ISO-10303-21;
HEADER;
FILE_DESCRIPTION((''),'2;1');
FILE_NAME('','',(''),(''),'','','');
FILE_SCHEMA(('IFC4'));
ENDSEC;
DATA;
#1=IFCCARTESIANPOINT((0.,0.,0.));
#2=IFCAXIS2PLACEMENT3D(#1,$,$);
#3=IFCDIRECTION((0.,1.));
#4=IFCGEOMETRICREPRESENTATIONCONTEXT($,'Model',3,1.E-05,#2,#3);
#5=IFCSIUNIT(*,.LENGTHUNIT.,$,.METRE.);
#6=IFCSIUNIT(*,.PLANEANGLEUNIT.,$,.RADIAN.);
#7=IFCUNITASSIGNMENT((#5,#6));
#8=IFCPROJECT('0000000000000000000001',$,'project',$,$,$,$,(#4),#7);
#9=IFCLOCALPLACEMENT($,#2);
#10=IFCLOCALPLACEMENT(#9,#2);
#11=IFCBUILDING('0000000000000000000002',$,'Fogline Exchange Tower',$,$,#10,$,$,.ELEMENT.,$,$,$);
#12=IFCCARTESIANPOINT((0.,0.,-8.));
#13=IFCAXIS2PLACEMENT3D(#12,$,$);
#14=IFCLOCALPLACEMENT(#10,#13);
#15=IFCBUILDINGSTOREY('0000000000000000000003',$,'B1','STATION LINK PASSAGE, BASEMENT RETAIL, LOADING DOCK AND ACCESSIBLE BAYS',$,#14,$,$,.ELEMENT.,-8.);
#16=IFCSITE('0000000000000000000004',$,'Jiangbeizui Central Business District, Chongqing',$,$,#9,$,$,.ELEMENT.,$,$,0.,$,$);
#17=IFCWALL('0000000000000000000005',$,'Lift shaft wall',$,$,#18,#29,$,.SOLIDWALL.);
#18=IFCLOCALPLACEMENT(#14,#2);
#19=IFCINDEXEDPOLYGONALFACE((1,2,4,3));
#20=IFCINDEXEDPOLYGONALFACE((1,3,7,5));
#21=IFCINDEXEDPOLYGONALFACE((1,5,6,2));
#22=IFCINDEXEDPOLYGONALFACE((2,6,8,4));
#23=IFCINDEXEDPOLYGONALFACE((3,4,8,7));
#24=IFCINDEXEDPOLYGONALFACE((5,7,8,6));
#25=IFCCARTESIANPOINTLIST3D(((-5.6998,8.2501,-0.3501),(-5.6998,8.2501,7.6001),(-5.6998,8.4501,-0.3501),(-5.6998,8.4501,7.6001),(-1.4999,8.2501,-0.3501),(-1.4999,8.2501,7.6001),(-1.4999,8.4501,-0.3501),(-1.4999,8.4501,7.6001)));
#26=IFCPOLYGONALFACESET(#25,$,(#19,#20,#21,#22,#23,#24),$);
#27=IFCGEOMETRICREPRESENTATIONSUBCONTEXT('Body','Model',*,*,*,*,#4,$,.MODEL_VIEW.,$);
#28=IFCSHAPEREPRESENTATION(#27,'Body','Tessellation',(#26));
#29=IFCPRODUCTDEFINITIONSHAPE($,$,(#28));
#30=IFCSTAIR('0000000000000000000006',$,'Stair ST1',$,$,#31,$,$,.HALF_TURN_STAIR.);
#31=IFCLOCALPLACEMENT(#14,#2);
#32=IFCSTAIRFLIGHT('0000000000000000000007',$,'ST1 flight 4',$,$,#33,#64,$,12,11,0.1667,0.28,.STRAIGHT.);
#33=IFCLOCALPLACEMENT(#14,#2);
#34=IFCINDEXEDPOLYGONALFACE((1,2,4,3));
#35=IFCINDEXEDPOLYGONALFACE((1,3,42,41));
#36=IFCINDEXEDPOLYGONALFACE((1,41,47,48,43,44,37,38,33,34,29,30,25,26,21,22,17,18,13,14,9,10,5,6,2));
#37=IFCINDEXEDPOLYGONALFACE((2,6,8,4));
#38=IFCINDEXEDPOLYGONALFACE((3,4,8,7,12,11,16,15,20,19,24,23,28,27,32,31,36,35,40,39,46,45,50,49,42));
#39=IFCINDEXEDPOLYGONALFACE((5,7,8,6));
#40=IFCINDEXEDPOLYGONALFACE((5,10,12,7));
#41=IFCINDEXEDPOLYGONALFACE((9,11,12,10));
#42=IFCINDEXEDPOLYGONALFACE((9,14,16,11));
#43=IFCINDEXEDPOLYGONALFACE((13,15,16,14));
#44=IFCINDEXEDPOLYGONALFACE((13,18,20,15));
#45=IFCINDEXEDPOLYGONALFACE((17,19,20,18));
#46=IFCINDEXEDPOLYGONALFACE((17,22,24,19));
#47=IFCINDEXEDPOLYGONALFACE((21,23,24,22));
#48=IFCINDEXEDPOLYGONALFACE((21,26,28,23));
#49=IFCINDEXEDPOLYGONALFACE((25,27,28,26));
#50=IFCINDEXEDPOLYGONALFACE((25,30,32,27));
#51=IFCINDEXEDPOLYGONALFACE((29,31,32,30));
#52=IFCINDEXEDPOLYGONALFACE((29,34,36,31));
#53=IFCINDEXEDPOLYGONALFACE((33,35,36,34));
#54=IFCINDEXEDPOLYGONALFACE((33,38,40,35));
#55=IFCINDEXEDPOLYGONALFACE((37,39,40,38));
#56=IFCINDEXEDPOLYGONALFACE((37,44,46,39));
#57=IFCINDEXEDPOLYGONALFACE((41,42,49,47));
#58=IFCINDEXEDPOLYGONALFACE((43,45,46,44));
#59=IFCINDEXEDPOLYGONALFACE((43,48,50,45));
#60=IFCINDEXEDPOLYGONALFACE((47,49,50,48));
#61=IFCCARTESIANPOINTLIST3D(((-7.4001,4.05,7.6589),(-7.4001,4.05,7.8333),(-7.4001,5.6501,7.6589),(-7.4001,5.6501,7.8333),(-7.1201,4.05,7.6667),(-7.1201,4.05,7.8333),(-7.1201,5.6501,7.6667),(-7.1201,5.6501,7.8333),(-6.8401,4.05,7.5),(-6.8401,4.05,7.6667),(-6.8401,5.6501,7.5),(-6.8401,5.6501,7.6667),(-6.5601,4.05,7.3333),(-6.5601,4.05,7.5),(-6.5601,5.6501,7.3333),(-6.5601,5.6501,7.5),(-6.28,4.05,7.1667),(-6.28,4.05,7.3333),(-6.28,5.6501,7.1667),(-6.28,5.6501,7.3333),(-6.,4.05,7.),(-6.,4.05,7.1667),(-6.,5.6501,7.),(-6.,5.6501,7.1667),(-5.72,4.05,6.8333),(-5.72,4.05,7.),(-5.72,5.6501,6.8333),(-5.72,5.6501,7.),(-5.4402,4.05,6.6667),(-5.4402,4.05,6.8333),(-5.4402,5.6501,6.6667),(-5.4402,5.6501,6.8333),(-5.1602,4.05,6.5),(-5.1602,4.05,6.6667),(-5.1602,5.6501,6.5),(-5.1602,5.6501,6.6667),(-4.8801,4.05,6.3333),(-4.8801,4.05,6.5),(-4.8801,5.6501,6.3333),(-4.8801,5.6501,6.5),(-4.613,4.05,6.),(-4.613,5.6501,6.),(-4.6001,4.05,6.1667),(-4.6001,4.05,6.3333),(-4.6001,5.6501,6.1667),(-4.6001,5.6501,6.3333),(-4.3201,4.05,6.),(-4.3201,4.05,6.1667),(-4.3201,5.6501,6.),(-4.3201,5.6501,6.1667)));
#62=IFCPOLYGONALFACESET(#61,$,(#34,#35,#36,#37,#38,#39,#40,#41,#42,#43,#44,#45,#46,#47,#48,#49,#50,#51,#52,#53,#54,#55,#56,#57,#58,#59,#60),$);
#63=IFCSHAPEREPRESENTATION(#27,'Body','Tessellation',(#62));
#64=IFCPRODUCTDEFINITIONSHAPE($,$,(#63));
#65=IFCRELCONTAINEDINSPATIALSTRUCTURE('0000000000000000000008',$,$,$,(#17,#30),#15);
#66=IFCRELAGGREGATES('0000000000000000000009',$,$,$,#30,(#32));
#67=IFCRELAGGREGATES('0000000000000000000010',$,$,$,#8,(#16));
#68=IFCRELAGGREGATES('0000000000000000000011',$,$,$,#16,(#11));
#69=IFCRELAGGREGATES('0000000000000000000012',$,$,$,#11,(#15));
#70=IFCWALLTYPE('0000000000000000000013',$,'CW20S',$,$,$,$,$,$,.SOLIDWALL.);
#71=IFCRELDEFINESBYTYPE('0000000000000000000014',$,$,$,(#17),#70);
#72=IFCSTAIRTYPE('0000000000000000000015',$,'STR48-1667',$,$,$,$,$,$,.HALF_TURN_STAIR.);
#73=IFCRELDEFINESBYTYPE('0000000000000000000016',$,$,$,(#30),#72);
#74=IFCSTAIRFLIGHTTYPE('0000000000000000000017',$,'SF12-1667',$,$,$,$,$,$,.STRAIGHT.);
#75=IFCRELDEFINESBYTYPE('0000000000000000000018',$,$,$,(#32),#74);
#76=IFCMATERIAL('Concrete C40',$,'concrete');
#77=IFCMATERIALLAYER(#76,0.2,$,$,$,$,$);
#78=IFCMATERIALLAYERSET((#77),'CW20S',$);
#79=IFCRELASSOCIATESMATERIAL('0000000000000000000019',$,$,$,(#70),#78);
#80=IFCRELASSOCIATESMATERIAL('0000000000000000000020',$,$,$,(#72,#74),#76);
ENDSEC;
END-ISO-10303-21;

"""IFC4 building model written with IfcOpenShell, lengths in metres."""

from ifc_helpers import new_model, si_unit, direction, frame, frame_2d, origin, place, context, subcontext, project, spatial, polyline, rectangle, outline, extrude, material, layer, layer_set, type_object, element, aggregate, save


model = new_model("IFC4")

# Units and contexts
model_context = context("Model", 3, precision=1e-05, world=origin(), true_north=direction((0.0, 1.0)))
body_context = subcontext(model_context, "Body", "Model", "MODEL_VIEW")
ifc_project = project(units=[si_unit("LENGTHUNIT", "METRE"), si_unit("PLANEANGLEUNIT", "RADIAN")], contexts=[model_context])

# Site, building, storey
site_placement = place(None, origin())
site = spatial("IfcSite", under=ifc_project, at=site_placement, Name="Jiangbeizui Central Business District, Chongqing", CompositionType="ELEMENT", RefElevation=0.0)
building_placement = place(site_placement, origin())
building = spatial("IfcBuilding", under=site, at=building_placement, Name="Fogline Exchange Tower", CompositionType="ELEMENT")
storey_placement = place(building_placement, frame((0.0, 0.0, -8.0)))
storey = spatial("IfcBuildingStorey", under=building, at=storey_placement, Name="B1", Description="STATION LINK PASSAGE, BASEMENT RETAIL, LOADING DOCK AND ACCESSIBLE BAYS", CompositionType="ELEMENT", Elevation=-8.0)

# Shared definitions
ifc_material_1 = material(Name="Concrete C40", Category="concrete")

# Shared definitions
ifc_layer_1 = layer(ifc_material_1, 0.2)
ifc_layer_set_1 = layer_set([ifc_layer_1], Name="CW20S")
wall_type_1 = type_object("IfcWallType", Name="CW20S", PredefinedType="SOLIDWALL", material=ifc_layer_set_1)

# Wall
wall_1_placement = place(storey_placement, frame((-5.7, 8.3501, -0.3501), z_axis=(0.0, 0.0, 1.0), x_axis=(1.0, 0.0, 0.0)))
element("IfcWall", 1, at=wall_1_placement, inside=storey, type_object=wall_type_1, Name="Lift shaft wall", PredefinedType="SOLIDWALL", context=body_context, shape_type="SweptSolid", body=[
    extrude(rectangle(XDim=4.2, YDim=0.2, at=frame_2d((2.1001, 0.0))), origin(), (0.0, 0.0, 1.0), 7.9502),
])

# Stair, stair flight
stair_type = type_object("IfcStairType", Name="STR48-1667", PredefinedType="HALF_TURN_STAIR", material=ifc_material_1)
stair_placement = place(storey_placement, origin())
stair = element("IfcStair", 2, at=stair_placement, inside=storey, type_object=stair_type, Name="Stair ST1", PredefinedType="HALF_TURN_STAIR")
stair_flight_type = type_object("IfcStairFlightType", Name="SF12-1667", PredefinedType="STRAIGHT", material=ifc_material_1)
stair_flight_placement = place(storey_placement, frame((-4.3201, 4.8501, 6.0), z_axis=(0.0, 0.0, 1.0), x_axis=(-1.0, 0.0, 0.0)))
stair_flight = element("IfcStairFlight", 3, at=stair_flight_placement, type_object=stair_flight_type, Name="ST1 flight 4", NumberOfRisers=12, NumberOfTreads=11, PredefinedType="STRAIGHT", RiserHeight=0.1667, TreadLength=0.28, context=body_context, shape_type="SweptSolid", body=[
    extrude(outline(polyline([(0.0, 0.0), (0.0, 0.1667), (0.28, 0.1667), (0.28, 0.3333), (0.5601, 0.3333), (0.5601, 0.5), (0.8401, 0.5), (0.8401, 0.6667), (1.1201, 0.6667), (1.1201, 0.8333), (1.3999, 0.8333), (1.3999, 1.0), (1.6799, 1.0), (1.6799, 1.1667), (1.96, 1.1667), (1.96, 1.3333), (2.24, 1.3333), (2.24, 1.5), (2.52, 1.5), (2.52, 1.6667), (2.8, 1.6667), (2.8, 1.8333), (3.0801, 1.8333), (3.0801, 2.0), (3.0801, 1.6589), (0.293, 0.0), (0.0, 0.0)])), frame((0.0, 0.8, 0.0), z_axis=(0.0, -1.0, 0.0), x_axis=(1.0, 0.0, 0.0)), (0.0, 0.0, 1.0), 1.6001),
])
aggregate(stair, [stair_flight])

save(model, "model.ifc")
